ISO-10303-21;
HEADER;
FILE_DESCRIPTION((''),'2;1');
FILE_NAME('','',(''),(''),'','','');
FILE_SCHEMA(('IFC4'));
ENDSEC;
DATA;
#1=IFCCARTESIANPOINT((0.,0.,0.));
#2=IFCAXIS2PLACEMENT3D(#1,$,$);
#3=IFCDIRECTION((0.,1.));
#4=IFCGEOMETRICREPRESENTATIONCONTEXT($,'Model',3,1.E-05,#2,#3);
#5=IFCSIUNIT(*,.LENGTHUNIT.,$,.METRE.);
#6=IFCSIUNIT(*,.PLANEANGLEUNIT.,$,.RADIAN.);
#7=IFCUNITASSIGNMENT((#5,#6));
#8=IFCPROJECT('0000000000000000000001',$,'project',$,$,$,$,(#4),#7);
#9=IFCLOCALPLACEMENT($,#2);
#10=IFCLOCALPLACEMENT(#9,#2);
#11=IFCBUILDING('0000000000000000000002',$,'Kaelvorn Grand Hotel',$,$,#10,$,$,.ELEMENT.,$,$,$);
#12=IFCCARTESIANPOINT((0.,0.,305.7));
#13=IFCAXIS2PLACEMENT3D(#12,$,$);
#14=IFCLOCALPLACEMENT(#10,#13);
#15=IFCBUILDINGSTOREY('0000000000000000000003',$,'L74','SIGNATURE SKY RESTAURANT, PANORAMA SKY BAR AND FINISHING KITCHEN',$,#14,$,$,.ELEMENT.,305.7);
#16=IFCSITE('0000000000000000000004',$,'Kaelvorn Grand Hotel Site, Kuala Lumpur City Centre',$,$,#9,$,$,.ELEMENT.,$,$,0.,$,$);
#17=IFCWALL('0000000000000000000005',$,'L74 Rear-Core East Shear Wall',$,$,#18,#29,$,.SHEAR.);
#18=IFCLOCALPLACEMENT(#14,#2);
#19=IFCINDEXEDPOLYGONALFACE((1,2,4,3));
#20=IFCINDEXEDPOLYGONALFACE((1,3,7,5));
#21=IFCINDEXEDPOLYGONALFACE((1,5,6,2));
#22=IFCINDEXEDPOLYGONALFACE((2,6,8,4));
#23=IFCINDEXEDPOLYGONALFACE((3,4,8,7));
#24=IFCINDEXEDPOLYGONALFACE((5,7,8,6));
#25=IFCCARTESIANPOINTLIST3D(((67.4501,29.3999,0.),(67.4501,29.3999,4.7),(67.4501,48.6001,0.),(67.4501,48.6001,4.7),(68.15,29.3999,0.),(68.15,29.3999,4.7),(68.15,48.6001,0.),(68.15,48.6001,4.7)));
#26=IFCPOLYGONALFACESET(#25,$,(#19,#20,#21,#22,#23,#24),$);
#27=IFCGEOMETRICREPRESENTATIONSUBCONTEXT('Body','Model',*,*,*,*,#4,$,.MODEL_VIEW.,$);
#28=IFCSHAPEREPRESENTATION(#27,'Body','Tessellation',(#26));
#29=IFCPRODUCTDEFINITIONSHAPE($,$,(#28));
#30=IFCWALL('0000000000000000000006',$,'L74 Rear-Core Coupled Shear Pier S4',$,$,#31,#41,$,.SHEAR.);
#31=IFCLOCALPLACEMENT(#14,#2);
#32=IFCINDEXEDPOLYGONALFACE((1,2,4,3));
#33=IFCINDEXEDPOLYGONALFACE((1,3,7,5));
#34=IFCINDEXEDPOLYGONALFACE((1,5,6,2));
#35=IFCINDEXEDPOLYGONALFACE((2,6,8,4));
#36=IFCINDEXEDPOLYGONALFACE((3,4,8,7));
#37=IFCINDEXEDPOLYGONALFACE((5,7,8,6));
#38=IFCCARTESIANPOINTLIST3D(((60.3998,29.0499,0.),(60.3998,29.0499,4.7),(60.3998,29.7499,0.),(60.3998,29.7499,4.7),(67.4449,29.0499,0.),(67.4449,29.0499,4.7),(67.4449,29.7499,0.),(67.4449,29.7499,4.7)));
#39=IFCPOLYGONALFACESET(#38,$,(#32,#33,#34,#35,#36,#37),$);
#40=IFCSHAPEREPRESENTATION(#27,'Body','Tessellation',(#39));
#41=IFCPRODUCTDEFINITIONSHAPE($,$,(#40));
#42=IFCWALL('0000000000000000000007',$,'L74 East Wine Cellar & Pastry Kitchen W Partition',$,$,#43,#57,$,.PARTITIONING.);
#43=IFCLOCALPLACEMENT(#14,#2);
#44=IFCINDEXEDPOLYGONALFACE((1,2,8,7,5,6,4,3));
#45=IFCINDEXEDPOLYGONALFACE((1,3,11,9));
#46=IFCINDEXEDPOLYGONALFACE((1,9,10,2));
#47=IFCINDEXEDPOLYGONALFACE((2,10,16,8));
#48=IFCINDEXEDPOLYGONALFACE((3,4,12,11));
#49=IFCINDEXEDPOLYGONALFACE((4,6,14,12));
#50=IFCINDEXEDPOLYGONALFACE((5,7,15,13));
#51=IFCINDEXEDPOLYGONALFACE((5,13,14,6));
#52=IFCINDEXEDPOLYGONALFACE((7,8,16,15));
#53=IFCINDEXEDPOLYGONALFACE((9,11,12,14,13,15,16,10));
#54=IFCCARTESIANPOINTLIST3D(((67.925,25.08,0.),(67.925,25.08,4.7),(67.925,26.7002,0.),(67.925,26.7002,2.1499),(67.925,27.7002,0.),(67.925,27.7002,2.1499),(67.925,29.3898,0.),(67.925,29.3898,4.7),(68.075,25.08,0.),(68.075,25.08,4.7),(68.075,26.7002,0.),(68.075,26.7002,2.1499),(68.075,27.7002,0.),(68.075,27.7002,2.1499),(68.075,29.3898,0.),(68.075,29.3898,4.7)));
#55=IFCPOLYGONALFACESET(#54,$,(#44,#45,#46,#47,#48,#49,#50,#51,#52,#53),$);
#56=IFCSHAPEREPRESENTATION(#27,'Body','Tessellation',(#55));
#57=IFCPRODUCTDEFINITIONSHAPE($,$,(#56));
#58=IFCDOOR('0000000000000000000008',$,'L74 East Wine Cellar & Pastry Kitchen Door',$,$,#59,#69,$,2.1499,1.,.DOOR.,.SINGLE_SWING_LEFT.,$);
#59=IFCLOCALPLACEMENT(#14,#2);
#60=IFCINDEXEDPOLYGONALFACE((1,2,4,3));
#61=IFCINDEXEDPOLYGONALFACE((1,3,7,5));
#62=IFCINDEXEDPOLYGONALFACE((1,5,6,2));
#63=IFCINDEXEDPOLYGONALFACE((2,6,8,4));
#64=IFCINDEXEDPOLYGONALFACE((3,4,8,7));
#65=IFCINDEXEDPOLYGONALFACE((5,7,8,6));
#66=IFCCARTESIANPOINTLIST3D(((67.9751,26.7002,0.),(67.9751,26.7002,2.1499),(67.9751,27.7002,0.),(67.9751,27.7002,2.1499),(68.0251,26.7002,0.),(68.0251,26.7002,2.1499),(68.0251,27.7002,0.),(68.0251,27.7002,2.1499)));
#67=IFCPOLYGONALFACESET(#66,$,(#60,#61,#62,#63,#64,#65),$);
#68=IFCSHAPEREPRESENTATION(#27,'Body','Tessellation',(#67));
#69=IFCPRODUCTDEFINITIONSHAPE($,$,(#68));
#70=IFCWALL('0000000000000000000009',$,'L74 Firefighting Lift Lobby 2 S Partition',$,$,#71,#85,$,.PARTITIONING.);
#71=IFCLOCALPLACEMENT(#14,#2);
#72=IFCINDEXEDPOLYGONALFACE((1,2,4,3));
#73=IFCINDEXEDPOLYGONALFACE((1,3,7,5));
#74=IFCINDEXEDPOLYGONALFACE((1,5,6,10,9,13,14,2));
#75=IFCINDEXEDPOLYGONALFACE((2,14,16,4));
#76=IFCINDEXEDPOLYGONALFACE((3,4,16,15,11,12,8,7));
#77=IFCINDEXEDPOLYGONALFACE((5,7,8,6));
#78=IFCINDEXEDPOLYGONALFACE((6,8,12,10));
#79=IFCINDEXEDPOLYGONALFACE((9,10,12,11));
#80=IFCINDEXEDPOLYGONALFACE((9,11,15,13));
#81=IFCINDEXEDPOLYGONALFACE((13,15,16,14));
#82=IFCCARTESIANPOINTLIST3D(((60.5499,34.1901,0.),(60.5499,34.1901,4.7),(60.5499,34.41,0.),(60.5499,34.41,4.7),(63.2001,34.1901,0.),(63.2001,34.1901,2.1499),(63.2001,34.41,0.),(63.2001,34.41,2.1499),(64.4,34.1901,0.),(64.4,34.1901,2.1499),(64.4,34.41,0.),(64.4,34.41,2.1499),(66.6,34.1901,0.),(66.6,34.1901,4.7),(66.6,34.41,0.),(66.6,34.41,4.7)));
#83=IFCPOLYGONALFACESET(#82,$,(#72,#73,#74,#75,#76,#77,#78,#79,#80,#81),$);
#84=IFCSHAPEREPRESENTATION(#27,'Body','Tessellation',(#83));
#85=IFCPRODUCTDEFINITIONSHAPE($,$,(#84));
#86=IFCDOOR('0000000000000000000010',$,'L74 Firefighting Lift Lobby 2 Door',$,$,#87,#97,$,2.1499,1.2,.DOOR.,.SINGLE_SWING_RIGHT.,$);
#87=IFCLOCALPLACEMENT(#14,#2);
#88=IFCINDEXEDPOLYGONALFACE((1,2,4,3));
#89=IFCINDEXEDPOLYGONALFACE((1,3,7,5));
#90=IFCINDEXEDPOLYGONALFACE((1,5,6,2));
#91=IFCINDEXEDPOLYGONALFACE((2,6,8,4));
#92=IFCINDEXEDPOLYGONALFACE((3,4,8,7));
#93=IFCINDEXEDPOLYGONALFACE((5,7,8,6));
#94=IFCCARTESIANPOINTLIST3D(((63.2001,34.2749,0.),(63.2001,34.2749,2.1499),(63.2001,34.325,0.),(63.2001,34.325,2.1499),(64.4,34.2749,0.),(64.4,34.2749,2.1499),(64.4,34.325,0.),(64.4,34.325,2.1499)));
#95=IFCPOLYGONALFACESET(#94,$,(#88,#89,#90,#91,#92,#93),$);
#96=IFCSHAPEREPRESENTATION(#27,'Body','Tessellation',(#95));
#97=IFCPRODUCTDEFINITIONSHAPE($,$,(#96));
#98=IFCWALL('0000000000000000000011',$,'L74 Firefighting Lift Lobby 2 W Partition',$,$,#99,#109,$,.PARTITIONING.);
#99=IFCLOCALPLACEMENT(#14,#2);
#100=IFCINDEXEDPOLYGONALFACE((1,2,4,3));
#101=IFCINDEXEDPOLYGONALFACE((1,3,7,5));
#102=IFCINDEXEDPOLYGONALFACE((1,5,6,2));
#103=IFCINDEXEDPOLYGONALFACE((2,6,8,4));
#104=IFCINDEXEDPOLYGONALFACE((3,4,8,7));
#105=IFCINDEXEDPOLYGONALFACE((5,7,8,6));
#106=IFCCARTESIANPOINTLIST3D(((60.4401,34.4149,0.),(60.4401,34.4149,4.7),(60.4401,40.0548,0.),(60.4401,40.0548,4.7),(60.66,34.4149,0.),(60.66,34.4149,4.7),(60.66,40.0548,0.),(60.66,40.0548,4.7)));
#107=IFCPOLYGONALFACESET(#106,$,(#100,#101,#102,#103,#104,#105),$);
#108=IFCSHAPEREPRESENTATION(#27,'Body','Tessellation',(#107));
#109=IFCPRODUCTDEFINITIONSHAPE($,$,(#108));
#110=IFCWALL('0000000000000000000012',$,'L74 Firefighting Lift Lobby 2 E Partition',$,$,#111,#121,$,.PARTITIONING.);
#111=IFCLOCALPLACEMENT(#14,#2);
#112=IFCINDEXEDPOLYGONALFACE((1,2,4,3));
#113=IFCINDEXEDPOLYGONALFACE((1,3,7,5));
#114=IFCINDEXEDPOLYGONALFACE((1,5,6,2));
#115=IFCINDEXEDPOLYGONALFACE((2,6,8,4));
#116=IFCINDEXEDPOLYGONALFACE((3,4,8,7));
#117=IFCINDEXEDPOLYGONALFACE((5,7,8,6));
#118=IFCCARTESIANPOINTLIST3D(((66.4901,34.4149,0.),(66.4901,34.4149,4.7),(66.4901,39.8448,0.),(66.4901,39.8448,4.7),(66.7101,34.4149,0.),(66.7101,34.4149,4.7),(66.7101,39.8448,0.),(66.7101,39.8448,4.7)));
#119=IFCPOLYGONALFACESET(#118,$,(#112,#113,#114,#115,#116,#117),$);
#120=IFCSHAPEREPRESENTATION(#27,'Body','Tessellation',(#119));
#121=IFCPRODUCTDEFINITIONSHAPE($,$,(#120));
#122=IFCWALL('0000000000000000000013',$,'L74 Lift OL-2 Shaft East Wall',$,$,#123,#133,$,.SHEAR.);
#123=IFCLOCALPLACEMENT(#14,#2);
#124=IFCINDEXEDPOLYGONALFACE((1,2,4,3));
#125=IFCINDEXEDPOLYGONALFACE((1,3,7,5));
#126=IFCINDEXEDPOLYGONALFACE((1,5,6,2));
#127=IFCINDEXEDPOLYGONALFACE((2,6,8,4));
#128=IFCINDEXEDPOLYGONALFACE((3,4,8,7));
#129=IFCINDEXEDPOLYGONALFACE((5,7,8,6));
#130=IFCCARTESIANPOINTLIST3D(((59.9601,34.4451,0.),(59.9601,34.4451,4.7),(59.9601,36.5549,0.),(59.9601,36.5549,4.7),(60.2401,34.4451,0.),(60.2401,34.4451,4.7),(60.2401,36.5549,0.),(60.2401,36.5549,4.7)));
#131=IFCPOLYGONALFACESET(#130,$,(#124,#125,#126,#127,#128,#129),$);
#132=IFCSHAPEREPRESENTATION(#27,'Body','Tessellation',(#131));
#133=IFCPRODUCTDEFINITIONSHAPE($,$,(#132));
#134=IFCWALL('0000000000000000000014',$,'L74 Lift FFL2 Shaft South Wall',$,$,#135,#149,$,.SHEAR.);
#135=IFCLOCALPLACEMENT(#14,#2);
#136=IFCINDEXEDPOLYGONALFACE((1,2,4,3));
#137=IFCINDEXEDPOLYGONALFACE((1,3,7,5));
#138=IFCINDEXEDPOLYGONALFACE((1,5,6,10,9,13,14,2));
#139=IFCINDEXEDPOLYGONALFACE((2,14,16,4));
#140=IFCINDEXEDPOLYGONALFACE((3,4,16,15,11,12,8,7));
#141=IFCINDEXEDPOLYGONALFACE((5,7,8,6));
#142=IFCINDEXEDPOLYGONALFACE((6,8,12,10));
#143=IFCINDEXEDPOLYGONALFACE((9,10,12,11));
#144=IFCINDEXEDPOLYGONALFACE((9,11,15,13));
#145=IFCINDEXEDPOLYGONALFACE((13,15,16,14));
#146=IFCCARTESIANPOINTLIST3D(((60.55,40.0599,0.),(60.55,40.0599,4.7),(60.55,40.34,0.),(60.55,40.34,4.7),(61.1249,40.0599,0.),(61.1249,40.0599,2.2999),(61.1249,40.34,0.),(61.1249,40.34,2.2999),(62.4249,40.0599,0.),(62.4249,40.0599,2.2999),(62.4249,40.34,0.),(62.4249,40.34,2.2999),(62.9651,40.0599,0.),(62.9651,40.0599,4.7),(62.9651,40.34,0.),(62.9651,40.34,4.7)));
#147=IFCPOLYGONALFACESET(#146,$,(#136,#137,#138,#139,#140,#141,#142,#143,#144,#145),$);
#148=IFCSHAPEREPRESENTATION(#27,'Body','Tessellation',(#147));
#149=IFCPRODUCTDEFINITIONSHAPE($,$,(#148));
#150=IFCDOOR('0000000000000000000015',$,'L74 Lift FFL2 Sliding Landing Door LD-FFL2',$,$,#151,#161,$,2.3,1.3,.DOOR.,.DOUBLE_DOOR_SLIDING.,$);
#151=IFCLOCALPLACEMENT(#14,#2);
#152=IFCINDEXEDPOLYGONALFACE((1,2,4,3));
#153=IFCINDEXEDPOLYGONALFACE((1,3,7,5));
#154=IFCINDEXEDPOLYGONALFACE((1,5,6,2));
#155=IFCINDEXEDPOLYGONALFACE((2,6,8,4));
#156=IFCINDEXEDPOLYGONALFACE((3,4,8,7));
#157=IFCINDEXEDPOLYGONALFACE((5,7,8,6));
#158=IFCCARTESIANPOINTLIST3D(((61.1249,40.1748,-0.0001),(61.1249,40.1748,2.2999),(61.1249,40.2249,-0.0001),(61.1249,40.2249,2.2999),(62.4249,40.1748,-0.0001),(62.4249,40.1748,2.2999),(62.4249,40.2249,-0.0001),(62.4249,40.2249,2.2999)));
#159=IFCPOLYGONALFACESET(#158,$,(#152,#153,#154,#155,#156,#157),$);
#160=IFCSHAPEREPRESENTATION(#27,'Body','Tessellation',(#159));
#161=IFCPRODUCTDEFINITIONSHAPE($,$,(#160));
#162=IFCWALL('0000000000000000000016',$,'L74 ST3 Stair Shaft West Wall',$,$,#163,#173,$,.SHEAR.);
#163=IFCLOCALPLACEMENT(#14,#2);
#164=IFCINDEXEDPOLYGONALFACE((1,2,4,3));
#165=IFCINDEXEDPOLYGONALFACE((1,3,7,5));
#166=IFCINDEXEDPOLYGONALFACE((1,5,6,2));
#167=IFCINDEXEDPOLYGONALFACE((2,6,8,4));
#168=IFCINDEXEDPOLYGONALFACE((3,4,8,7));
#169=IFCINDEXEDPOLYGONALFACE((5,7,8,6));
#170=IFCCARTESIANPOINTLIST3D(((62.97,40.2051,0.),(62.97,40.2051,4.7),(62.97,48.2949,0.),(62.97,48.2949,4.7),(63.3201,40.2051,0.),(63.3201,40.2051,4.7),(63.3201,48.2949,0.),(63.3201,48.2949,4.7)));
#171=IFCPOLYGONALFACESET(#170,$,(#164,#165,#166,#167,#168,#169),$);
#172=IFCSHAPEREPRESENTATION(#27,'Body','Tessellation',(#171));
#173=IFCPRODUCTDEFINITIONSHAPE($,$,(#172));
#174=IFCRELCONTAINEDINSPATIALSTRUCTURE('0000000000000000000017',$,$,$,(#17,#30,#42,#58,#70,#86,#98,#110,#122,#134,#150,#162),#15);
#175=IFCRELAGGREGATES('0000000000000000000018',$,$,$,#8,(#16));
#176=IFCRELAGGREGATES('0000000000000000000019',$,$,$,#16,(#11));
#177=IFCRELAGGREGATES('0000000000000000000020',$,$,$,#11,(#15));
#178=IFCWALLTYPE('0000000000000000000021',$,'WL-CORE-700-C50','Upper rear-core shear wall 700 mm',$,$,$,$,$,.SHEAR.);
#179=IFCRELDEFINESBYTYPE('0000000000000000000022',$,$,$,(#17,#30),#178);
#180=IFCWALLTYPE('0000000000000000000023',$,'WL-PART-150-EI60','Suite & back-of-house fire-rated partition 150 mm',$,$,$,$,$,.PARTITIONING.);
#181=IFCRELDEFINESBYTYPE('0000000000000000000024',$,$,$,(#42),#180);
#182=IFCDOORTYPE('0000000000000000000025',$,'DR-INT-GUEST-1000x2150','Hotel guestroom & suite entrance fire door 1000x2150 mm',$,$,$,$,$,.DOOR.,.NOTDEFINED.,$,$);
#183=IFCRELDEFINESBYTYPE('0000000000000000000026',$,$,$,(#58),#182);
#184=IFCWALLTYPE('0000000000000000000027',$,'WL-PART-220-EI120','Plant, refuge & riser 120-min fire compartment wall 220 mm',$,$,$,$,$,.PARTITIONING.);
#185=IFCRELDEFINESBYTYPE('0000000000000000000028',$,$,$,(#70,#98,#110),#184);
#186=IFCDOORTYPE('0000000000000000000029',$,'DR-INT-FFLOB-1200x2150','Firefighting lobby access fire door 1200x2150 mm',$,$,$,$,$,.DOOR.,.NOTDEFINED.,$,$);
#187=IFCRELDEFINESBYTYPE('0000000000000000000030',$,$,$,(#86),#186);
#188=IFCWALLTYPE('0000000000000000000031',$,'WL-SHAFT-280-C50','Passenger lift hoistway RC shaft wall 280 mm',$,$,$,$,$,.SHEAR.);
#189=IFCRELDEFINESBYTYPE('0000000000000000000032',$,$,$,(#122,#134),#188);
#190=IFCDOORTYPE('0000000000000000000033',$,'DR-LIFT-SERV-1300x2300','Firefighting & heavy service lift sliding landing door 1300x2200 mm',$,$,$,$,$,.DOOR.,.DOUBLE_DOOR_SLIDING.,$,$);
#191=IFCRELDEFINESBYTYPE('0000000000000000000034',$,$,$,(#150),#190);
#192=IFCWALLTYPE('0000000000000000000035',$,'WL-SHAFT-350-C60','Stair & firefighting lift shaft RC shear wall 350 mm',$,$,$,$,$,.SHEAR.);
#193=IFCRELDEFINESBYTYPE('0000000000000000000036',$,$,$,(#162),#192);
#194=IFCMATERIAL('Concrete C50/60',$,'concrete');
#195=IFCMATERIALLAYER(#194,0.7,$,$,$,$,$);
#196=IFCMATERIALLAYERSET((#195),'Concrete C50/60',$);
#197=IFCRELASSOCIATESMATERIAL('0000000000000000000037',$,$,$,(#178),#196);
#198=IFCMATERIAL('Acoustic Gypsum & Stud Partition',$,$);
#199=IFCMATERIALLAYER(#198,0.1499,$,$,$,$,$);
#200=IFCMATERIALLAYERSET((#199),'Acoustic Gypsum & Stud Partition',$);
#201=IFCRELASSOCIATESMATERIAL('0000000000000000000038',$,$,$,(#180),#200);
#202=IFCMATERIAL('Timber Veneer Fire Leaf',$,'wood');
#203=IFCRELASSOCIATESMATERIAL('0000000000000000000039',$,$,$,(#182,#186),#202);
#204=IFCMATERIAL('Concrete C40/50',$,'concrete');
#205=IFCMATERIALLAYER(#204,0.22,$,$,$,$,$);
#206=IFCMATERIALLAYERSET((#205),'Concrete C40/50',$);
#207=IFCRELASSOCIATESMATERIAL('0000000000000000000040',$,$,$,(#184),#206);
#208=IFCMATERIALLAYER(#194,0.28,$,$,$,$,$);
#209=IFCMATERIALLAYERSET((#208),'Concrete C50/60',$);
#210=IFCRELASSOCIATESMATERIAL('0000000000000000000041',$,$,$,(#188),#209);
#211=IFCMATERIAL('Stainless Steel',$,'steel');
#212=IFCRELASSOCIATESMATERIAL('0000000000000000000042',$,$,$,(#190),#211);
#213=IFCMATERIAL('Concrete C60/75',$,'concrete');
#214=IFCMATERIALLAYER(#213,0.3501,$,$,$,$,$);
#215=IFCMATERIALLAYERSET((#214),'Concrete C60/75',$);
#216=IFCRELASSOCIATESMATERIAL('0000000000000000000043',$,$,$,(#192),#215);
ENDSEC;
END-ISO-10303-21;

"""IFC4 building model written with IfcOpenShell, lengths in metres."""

from ifc_helpers import new_model, si_unit, direction, frame, frame_2d, origin, place, context, subcontext, project, spatial, rectangle, extrude, material, layer, layer_set, type_object, element, fill, save


model = new_model("IFC4")

# Units and contexts
model_context = context("Model", 3, precision=1e-05, world=origin(), true_north=direction((0.0, 1.0)))
body_context = subcontext(model_context, "Body", "Model", "MODEL_VIEW")
ifc_project = project(units=[si_unit("LENGTHUNIT", "METRE"), si_unit("PLANEANGLEUNIT", "RADIAN")], contexts=[model_context])

# Site, building, storey
site_placement = place(None, origin())
site = spatial("IfcSite", under=ifc_project, at=site_placement, Name="Kaelvorn Grand Hotel Site, Kuala Lumpur City Centre", CompositionType="ELEMENT", RefElevation=0.0)
building_placement = place(site_placement, origin())
building = spatial("IfcBuilding", under=site, at=building_placement, Name="Kaelvorn Grand Hotel", CompositionType="ELEMENT")
storey_placement = place(building_placement, frame((0.0, 0.0, 305.7)))
storey = spatial("IfcBuildingStorey", under=building, at=storey_placement, Name="L74", Description="SIGNATURE SKY RESTAURANT, PANORAMA SKY BAR AND FINISHING KITCHEN", CompositionType="ELEMENT", Elevation=305.7)

# Shared definitions
ifc_material_1 = material(Name="Concrete C50/60", Category="concrete")

# Walls
ifc_layer_1 = layer(ifc_material_1, 0.7)
ifc_layer_set_1 = layer_set([ifc_layer_1], Name="Concrete C50/60")
wall_type_1 = type_object("IfcWallType", Name="WL-CORE-700-C50", Description="Upper rear-core shear wall 700 mm", PredefinedType="SHEAR", material=ifc_layer_set_1)
wall_1_placement = place(storey_placement, frame((67.8, 29.3999, 0.0), z_axis=(0.0, 0.0, 1.0), x_axis=(0.0, 1.0, 0.0)))
element("IfcWall", 1, at=wall_1_placement, inside=storey, type_object=wall_type_1, Name="L74 Rear-Core East Shear Wall", PredefinedType="SHEAR", context=body_context, shape_type="SweptSolid", body=[
    extrude(rectangle(XDim=19.2002, YDim=0.7, at=frame_2d((9.6001, 0.0))), origin(), (0.0, 0.0, 1.0), 4.7),
])
wall_2_placement = place(storey_placement, frame((60.3999, 29.3999, 0.0), z_axis=(0.0, 0.0, 1.0), x_axis=(1.0, 0.0, 0.0)))
element("IfcWall", 2, at=wall_2_placement, inside=storey, type_object=wall_type_1, Name="L74 Rear-Core Coupled Shear Pier S4", PredefinedType="SHEAR", context=body_context, shape_type="SweptSolid", body=[
    extrude(rectangle(XDim=7.0452, YDim=0.7, at=frame_2d((3.5225, 0.0))), origin(), (0.0, 0.0, 1.0), 4.7),
])

# Walls, openings, doors
ifc_material_2 = material(Name="Acoustic Gypsum & Stud Partition")
ifc_layer_2 = layer(ifc_material_2, 0.1499)
ifc_layer_set_2 = layer_set([ifc_layer_2], Name="Acoustic Gypsum & Stud Partition")
wall_type_2 = type_object("IfcWallType", Name="WL-PART-150-EI60", Description="Suite & back-of-house fire-rated partition 150 mm", PredefinedType="PARTITIONING", material=ifc_layer_set_2)
wall_3_placement = place(storey_placement, frame((68.0, 25.0801, 0.0), z_axis=(0.0, 0.0, 1.0), x_axis=(0.0, 1.0, 0.0)))
wall_3 = element("IfcWall", 3, at=wall_3_placement, inside=storey, type_object=wall_type_2, Name="L74 East Wine Cellar & Pastry Kitchen W Partition", PredefinedType="PARTITIONING", context=body_context, shape_type="SweptSolid", body=[
    extrude(rectangle(XDim=4.3098, YDim=0.1499, at=frame_2d((2.1548, 0.0))), origin(), (0.0, 0.0, 1.0), 4.7),
])
opening_1_placement = place(wall_3_placement, frame((1.6201, 0.0, 0.0)))
opening_1 = element("IfcOpeningElement", 4, at=opening_1_placement, cuts=wall_3, PredefinedType="OPENING", context=body_context, shape_type="SweptSolid", body=[
    extrude(rectangle(XDim=1.0, YDim=2.1499, at=frame_2d((0.5, 1.075))), frame((0.0, 0.085, 0.0), z_axis=(0.0, -1.0, 0.0), x_axis=(1.0, 0.0, 0.0)), (0.0, 0.0, 1.0), 0.1699),
])
ifc_material_3 = material(Name="Timber Veneer Fire Leaf", Category="wood")
door_type_1 = type_object("IfcDoorType", Name="DR-INT-GUEST-1000x2150", Description="Hotel guestroom & suite entrance fire door 1000x2150 mm", OperationType="NOTDEFINED", PredefinedType="DOOR", material=ifc_material_3)
door_1_placement = place(opening_1_placement, origin())
door_1 = element("IfcDoor", 5, at=door_1_placement, inside=storey, type_object=door_type_1, Name="L74 East Wine Cellar & Pastry Kitchen Door", OperationType="SINGLE_SWING_LEFT", OverallHeight=2.1499, OverallWidth=1.0, PredefinedType="DOOR", context=body_context, shape_type="SweptSolid", body=[
    extrude(rectangle(XDim=1.0, YDim=2.1499, at=frame_2d((0.5, 1.075))), frame((0.0, 0.0249, 0.0), z_axis=(0.0, -1.0, 0.0), x_axis=(1.0, 0.0, 0.0)), (0.0, 0.0, 1.0), 0.05),
])
fill(opening_1, door_1)
ifc_material_4 = material(Name="Concrete C40/50", Category="concrete")
ifc_layer_3 = layer(ifc_material_4, 0.22)
ifc_layer_set_3 = layer_set([ifc_layer_3], Name="Concrete C40/50")
wall_type_3 = type_object("IfcWallType", Name="WL-PART-220-EI120", Description="Plant, refuge & riser 120-min fire compartment wall 220 mm", PredefinedType="PARTITIONING", material=ifc_layer_set_3)
wall_4_placement = place(storey_placement, frame((60.55, 34.3, 0.0), z_axis=(0.0, 0.0, 1.0), x_axis=(1.0, 0.0, 0.0)))
wall_4 = element("IfcWall", 6, at=wall_4_placement, inside=storey, type_object=wall_type_3, Name="L74 Firefighting Lift Lobby 2 S Partition", PredefinedType="PARTITIONING", context=body_context, shape_type="SweptSolid", body=[
    extrude(rectangle(XDim=6.05, YDim=0.22, at=frame_2d((3.0249, 0.0))), origin(), (0.0, 0.0, 1.0), 4.7),
])
opening_2_placement = place(wall_4_placement, frame((2.6499, 0.0, 0.0)))
opening_2 = element("IfcOpeningElement", 7, at=opening_2_placement, cuts=wall_4, PredefinedType="OPENING", context=body_context, shape_type="SweptSolid", body=[
    extrude(rectangle(XDim=1.2, YDim=2.1499, at=frame_2d((0.6001, 1.075))), frame((0.0, 0.1201, 0.0), z_axis=(0.0, -1.0, 0.0), x_axis=(1.0, 0.0, 0.0)), (0.0, 0.0, 1.0), 0.24),
])
door_type_2 = type_object("IfcDoorType", Name="DR-INT-FFLOB-1200x2150", Description="Firefighting lobby access fire door 1200x2150 mm", OperationType="NOTDEFINED", PredefinedType="DOOR", material=ifc_material_3)
door_2_placement = place(opening_2_placement, origin())
door_2 = element("IfcDoor", 8, at=door_2_placement, inside=storey, type_object=door_type_2, Name="L74 Firefighting Lift Lobby 2 Door", OperationType="SINGLE_SWING_RIGHT", OverallHeight=2.1499, OverallWidth=1.2, PredefinedType="DOOR", context=body_context, shape_type="SweptSolid", body=[
    extrude(rectangle(XDim=1.2, YDim=2.1499, at=frame_2d((0.6001, 1.075))), frame((0.0, 0.0249, 0.0), z_axis=(0.0, -1.0, 0.0), x_axis=(1.0, 0.0, 0.0)), (0.0, 0.0, 1.0), 0.05),
])
fill(opening_2, door_2)

# Walls
wall_5_placement = place(storey_placement, frame((60.55, 34.415, 0.0), z_axis=(0.0, 0.0, 1.0), x_axis=(0.0, 1.0, 0.0)))
element("IfcWall", 9, at=wall_5_placement, inside=storey, type_object=wall_type_3, Name="L74 Firefighting Lift Lobby 2 W Partition", PredefinedType="PARTITIONING", context=body_context, shape_type="SweptSolid", body=[
    extrude(rectangle(XDim=5.6399, YDim=0.22, at=frame_2d((2.8198, 0.0))), origin(), (0.0, 0.0, 1.0), 4.7),
])
wall_6_placement = place(storey_placement, frame((66.6001, 34.415, 0.0), z_axis=(0.0, 0.0, 1.0), x_axis=(0.0, 1.0, 0.0)))
element("IfcWall", 10, at=wall_6_placement, inside=storey, type_object=wall_type_3, Name="L74 Firefighting Lift Lobby 2 E Partition", PredefinedType="PARTITIONING", context=body_context, shape_type="SweptSolid", body=[
    extrude(rectangle(XDim=5.4299, YDim=0.22, at=frame_2d((2.7148, 0.0))), origin(), (0.0, 0.0, 1.0), 4.7),
])
ifc_layer_4 = layer(ifc_material_1, 0.28)
ifc_layer_set_4 = layer_set([ifc_layer_4], Name="Concrete C50/60")
wall_type_4 = type_object("IfcWallType", Name="WL-SHAFT-280-C50", Description="Passenger lift hoistway RC shaft wall 280 mm", PredefinedType="SHEAR", material=ifc_layer_set_4)
wall_7_placement = place(storey_placement, frame((60.1001, 34.4451, 0.0), z_axis=(0.0, 0.0, 1.0), x_axis=(0.0, 1.0, 0.0)))
element("IfcWall", 11, at=wall_7_placement, inside=storey, type_object=wall_type_4, Name="L74 Lift OL-2 Shaft East Wall", PredefinedType="SHEAR", context=body_context, shape_type="SweptSolid", body=[
    extrude(rectangle(XDim=2.1099, YDim=0.28, at=frame_2d((1.0549, 0.0))), origin(), (0.0, 0.0, 1.0), 4.7),
])

# Wall, opening, door
wall_8_placement = place(storey_placement, frame((60.55, 40.2, 0.0), z_axis=(0.0, 0.0, 1.0), x_axis=(1.0, 0.0, 0.0)))
wall_8 = element("IfcWall", 12, at=wall_8_placement, inside=storey, type_object=wall_type_4, Name="L74 Lift FFL2 Shaft South Wall", PredefinedType="SHEAR", context=body_context, shape_type="SweptSolid", body=[
    extrude(rectangle(XDim=2.415, YDim=0.28, at=frame_2d((1.2075, 0.0))), origin(), (0.0, 0.0, 1.0), 4.7),
])
opening_3_placement = place(wall_8_placement, frame((0.575, 0.0, 0.0)))
opening_3 = element("IfcOpeningElement", 13, at=opening_3_placement, cuts=wall_8, PredefinedType="OPENING", context=body_context, shape_type="SweptSolid", body=[
    extrude(rectangle(XDim=1.3, YDim=2.3, at=frame_2d((0.6499, 1.1499))), frame((0.0, 0.1499, 0.0), z_axis=(0.0, -1.0, 0.0), x_axis=(1.0, 0.0, 0.0)), (0.0, 0.0, 1.0), 0.3),
])
ifc_material_5 = material(Name="Stainless Steel", Category="steel")
door_type_3 = type_object("IfcDoorType", Name="DR-LIFT-SERV-1300x2300", Description="Firefighting & heavy service lift sliding landing door 1300x2200 mm", OperationType="DOUBLE_DOOR_SLIDING", PredefinedType="DOOR", material=ifc_material_5)
door_3_placement = place(opening_3_placement, origin())
door_3 = element("IfcDoor", 14, at=door_3_placement, inside=storey, type_object=door_type_3, Name="L74 Lift FFL2 Sliding Landing Door LD-FFL2", OperationType="DOUBLE_DOOR_SLIDING", OverallHeight=2.3, OverallWidth=1.3, PredefinedType="DOOR", context=body_context, shape_type="SweptSolid", body=[
    extrude(rectangle(XDim=1.3, YDim=2.3, at=frame_2d((0.6499, 1.1499))), frame((0.0, 0.0249, 0.0), z_axis=(0.0, -1.0, 0.0), x_axis=(1.0, 0.0, 0.0)), (0.0, 0.0, 1.0), 0.05),
])
fill(opening_3, door_3)
ifc_material_6 = material(Name="Concrete C60/75", Category="concrete")
ifc_layer_5 = layer(ifc_material_6, 0.3501)
ifc_layer_set_5 = layer_set([ifc_layer_5], Name="Concrete C60/75")
wall_type_5 = type_object("IfcWallType", Name="WL-SHAFT-350-C60", Description="Stair & firefighting lift shaft RC shear wall 350 mm", PredefinedType="SHEAR", material=ifc_layer_set_5)

# Wall
wall_9_placement = place(storey_placement, frame((63.145, 40.2051, 0.0), z_axis=(0.0, 0.0, 1.0), x_axis=(0.0, 1.0, 0.0)))
element("IfcWall", 15, at=wall_9_placement, inside=storey, type_object=wall_type_5, Name="L74 ST3 Stair Shaft West Wall", PredefinedType="SHEAR", context=body_context, shape_type="SweptSolid", body=[
    extrude(rectangle(XDim=8.0898, YDim=0.3501, at=frame_2d((4.0449, 0.0))), origin(), (0.0, 0.0, 1.0), 4.7),
])

save(model, "model.ifc")
